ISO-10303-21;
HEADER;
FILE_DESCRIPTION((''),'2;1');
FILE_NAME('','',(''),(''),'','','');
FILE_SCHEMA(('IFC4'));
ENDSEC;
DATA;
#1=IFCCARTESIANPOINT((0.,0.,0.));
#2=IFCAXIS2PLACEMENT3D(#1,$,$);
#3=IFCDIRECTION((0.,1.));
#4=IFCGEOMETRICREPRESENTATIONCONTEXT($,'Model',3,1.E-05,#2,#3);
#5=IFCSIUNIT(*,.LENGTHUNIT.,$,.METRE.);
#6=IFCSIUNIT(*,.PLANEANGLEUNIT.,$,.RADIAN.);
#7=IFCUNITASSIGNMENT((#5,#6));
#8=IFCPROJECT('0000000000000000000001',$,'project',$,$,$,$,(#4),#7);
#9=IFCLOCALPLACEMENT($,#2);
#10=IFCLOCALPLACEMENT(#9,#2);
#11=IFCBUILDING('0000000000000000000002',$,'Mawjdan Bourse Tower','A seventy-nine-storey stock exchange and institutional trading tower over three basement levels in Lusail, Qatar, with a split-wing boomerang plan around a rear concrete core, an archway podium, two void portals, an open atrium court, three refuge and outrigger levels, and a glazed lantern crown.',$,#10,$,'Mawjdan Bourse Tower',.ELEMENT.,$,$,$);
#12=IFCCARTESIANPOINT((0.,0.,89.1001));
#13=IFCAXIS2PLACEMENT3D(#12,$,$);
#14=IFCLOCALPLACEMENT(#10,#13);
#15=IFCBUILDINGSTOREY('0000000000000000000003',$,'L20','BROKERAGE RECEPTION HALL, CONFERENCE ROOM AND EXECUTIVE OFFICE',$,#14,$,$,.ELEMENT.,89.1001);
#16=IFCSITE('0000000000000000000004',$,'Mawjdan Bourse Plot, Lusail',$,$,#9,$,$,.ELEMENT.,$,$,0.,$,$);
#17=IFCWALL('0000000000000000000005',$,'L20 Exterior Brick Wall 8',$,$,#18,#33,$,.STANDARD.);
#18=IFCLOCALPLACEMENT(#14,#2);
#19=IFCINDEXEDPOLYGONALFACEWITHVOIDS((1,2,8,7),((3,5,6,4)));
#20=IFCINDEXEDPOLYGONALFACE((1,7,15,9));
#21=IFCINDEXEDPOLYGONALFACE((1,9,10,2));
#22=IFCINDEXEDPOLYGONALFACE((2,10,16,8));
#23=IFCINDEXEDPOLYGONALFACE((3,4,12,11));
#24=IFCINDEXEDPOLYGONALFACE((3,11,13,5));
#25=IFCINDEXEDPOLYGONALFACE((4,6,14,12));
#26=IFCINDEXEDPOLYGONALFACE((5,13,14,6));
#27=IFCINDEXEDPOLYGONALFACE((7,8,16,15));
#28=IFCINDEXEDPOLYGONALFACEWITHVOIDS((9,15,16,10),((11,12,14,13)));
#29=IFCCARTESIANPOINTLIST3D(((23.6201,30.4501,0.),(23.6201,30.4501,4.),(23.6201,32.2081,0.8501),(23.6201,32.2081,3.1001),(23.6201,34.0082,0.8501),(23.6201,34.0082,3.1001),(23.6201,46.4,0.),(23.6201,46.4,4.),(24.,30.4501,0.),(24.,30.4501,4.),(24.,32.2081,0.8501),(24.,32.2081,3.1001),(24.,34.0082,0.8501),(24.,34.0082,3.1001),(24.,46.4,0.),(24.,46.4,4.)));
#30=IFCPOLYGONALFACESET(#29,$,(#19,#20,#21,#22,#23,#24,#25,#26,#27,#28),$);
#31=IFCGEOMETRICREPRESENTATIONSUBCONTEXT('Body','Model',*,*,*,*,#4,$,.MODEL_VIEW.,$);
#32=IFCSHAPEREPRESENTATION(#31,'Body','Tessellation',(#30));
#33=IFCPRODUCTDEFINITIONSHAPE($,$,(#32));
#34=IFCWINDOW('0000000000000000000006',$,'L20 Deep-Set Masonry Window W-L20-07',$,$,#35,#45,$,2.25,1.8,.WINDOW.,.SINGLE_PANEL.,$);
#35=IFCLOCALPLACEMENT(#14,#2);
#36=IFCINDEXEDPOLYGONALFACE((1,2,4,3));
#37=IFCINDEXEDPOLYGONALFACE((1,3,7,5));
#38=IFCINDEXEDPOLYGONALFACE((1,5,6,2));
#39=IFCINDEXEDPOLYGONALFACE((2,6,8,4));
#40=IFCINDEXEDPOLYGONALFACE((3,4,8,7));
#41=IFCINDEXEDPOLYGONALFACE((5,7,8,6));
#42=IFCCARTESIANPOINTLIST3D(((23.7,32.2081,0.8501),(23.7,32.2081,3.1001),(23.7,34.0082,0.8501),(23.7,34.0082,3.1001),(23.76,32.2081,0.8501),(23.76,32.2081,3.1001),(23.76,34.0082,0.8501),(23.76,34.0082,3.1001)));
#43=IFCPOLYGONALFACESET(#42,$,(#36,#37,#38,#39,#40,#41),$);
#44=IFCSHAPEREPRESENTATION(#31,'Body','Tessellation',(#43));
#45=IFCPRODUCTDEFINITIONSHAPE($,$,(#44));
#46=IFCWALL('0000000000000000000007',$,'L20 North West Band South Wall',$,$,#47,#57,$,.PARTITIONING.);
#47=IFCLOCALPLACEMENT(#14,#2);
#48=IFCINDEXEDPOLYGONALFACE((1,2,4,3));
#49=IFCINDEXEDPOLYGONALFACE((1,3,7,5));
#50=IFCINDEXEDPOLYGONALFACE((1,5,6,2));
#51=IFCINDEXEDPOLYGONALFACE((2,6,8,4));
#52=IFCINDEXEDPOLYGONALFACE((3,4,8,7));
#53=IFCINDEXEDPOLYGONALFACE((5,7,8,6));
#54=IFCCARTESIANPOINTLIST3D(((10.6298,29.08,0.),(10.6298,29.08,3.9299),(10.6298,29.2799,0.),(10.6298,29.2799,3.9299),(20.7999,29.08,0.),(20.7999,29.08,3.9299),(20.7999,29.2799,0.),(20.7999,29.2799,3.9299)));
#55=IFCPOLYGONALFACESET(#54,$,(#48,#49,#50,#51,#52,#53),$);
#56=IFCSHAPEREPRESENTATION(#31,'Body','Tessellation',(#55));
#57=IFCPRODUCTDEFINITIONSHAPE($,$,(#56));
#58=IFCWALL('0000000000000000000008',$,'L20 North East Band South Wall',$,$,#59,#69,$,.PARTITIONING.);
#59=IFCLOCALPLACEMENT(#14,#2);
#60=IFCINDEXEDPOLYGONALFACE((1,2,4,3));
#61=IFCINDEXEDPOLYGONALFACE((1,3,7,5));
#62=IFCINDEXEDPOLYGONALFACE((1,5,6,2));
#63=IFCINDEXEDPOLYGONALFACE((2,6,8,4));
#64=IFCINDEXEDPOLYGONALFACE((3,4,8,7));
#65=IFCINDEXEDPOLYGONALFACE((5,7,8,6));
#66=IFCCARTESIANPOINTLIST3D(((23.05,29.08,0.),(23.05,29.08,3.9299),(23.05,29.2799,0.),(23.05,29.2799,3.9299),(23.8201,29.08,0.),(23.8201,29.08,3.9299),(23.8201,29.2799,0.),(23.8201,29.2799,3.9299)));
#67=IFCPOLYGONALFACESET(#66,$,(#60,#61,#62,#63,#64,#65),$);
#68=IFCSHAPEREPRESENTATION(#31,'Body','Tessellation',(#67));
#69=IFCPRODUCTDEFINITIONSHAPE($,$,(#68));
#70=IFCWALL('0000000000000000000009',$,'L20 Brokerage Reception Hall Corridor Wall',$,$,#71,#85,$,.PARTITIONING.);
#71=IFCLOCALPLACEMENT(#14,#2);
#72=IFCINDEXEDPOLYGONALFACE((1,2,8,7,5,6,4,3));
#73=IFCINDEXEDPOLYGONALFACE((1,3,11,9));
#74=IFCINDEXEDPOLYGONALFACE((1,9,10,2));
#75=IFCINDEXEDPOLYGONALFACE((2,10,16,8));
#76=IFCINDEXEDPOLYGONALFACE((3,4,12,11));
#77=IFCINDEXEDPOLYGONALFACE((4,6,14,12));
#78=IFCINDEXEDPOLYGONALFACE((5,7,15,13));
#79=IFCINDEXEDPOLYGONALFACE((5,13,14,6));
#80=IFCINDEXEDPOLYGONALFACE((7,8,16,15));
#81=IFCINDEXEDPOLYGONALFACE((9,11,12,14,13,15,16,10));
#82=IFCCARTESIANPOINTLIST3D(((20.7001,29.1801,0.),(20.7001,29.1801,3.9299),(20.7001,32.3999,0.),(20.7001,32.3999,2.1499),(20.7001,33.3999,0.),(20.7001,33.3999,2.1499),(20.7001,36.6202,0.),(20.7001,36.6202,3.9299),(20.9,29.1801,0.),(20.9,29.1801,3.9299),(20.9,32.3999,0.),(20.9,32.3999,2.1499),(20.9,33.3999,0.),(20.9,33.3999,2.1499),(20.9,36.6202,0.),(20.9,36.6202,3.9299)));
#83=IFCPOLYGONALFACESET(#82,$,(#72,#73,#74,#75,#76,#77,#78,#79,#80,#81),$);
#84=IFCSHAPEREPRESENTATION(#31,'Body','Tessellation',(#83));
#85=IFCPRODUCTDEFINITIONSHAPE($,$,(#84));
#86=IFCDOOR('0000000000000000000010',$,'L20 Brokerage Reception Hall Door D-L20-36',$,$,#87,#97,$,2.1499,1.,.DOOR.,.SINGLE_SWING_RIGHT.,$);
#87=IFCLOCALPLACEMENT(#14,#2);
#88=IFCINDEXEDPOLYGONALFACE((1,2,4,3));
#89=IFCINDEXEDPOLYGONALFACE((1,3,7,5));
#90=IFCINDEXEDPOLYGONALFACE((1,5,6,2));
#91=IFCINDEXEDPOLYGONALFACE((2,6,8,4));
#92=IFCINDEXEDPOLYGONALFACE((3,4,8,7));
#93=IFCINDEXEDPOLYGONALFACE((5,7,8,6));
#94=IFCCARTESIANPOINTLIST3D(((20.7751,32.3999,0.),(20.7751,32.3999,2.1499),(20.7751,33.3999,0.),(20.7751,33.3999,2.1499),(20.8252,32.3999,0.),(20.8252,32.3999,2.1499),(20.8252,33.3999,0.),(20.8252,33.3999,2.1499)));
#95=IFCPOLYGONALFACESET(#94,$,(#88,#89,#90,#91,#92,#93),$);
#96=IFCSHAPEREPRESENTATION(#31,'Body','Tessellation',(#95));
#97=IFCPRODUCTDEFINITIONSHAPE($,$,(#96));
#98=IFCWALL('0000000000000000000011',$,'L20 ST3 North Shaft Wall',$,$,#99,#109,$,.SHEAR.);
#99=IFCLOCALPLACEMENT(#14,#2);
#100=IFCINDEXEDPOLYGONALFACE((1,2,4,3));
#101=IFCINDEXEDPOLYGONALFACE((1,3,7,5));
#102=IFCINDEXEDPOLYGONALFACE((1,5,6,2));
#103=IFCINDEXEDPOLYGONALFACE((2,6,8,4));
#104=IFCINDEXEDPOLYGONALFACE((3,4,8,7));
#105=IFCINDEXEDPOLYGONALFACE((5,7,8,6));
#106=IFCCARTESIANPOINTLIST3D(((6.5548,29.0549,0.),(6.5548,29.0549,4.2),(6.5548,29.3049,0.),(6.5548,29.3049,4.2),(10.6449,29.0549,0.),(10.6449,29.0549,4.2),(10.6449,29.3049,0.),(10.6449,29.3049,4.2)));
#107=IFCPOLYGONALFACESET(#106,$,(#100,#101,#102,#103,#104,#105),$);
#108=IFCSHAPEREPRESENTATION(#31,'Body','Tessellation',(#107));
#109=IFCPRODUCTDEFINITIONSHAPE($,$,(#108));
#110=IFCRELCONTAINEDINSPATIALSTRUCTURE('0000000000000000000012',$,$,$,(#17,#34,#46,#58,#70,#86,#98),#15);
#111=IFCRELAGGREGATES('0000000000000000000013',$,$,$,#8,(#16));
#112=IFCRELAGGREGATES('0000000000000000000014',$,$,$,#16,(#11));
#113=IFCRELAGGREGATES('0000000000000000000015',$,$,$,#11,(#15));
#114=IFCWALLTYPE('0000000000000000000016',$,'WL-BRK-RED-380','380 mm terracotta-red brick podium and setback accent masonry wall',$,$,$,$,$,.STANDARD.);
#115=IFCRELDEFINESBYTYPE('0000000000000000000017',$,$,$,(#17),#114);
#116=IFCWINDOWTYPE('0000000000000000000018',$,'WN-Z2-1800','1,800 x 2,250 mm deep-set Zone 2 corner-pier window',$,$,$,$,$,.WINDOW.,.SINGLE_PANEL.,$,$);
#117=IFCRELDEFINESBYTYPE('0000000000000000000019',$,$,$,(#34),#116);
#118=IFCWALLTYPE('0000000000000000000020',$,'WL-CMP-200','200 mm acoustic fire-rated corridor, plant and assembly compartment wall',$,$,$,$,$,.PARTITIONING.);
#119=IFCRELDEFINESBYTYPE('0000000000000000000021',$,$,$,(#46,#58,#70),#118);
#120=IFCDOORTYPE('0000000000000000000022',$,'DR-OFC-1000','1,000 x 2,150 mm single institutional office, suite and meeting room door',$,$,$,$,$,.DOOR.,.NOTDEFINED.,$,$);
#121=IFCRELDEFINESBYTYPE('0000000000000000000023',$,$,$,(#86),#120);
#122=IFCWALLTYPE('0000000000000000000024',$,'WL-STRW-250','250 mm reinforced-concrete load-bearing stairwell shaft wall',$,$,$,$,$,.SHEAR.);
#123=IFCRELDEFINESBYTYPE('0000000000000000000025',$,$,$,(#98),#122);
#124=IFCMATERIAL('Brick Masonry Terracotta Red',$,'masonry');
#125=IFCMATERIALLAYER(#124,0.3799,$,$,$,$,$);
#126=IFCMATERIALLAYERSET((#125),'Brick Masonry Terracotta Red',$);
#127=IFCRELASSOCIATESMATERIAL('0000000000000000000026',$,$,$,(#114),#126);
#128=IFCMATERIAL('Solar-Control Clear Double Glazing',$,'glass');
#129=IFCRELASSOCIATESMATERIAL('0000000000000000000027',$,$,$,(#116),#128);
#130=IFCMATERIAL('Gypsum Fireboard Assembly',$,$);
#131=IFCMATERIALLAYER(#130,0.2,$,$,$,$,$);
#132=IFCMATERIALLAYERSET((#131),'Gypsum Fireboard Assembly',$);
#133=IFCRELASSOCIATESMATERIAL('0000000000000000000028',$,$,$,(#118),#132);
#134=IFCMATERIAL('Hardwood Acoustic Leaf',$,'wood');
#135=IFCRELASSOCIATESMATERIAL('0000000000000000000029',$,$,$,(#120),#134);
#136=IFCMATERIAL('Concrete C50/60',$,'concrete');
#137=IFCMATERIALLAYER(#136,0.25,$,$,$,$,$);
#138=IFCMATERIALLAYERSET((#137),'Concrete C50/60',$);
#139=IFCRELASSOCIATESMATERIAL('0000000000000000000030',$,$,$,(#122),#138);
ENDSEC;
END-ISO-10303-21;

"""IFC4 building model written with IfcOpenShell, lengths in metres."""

from ifc_helpers import new_model, si_unit, direction, frame, frame_2d, origin, place, context, subcontext, project, spatial, rectangle, extrude, material, layer, layer_set, type_object, element, fill, save


model = new_model("IFC4")

# Units and contexts
model_context = context("Model", 3, precision=1e-05, world=origin(), true_north=direction((0.0, 1.0)))
body_context = subcontext(model_context, "Body", "Model", "MODEL_VIEW")
ifc_project = project(units=[si_unit("LENGTHUNIT", "METRE"), si_unit("PLANEANGLEUNIT", "RADIAN")], contexts=[model_context])

# Site, building, storey
site_placement = place(None, origin())
site = spatial("IfcSite", under=ifc_project, at=site_placement, Name="Mawjdan Bourse Plot, Lusail", CompositionType="ELEMENT", RefElevation=0.0)
building_placement = place(site_placement, origin())
building = spatial("IfcBuilding", under=site, at=building_placement, Name="Mawjdan Bourse Tower", Description="A seventy-nine-storey stock exchange and institutional trading tower over three basement levels in Lusail, Qatar, with a split-wing boomerang plan around a rear concrete core, an archway podium, two void portals, an open atrium court, three refuge and outrigger levels, and a glazed lantern crown.", LongName="Mawjdan Bourse Tower", CompositionType="ELEMENT")
storey_placement = place(building_placement, frame((0.0, 0.0, 89.1001)))
storey = spatial("IfcBuildingStorey", under=building, at=storey_placement, Name="L20", Description="BROKERAGE RECEPTION HALL, CONFERENCE ROOM AND EXECUTIVE OFFICE", CompositionType="ELEMENT", Elevation=89.1001)

# Wall, opening, window
ifc_material_1 = material(Name="Brick Masonry Terracotta Red", Category="masonry")
ifc_layer_1 = layer(ifc_material_1, 0.3799)
ifc_layer_set_1 = layer_set([ifc_layer_1], Name="Brick Masonry Terracotta Red")
wall_type_1 = type_object("IfcWallType", Name="WL-BRK-RED-380", Description="380 mm terracotta-red brick podium and setback accent masonry wall", PredefinedType="STANDARD", material=ifc_layer_set_1)
wall_1_placement = place(storey_placement, frame((23.8101, 30.45, 0.0), z_axis=(0.0, 0.0, 1.0), x_axis=(0.0, 1.0, 0.0)))
wall_1 = element("IfcWall", 1, at=wall_1_placement, inside=storey, type_object=wall_type_1, Name="L20 Exterior Brick Wall 8", PredefinedType="STANDARD", context=body_context, shape_type="SweptSolid", body=[
    extrude(rectangle(XDim=15.95, YDim=0.3799, at=frame_2d((7.9751, 0.0))), origin(), (0.0, 0.0, 1.0), 4.0),
])
opening_1_placement = place(wall_1_placement, frame((1.7583, 0.0, 0.8501)))
opening_1 = element("IfcOpeningElement", 2, at=opening_1_placement, cuts=wall_1, PredefinedType="OPENING", context=body_context, shape_type="SweptSolid", body=[
    extrude(rectangle(XDim=1.8, YDim=2.25, at=frame_2d((0.8999, 1.125))), frame((0.0, 0.2, 0.0), z_axis=(0.0, -1.0, 0.0), x_axis=(1.0, 0.0, 0.0)), (0.0, 0.0, 1.0), 0.3999),
])
ifc_material_2 = material(Name="Solar-Control Clear Double Glazing", Category="glass")
window_type = type_object("IfcWindowType", Name="WN-Z2-1800", Description="1,800 x 2,250 mm deep-set Zone 2 corner-pier window", PartitioningType="SINGLE_PANEL", PredefinedType="WINDOW", material=ifc_material_2)
window_placement = place(opening_1_placement, origin())
window = element("IfcWindow", 3, at=window_placement, inside=storey, type_object=window_type, Name="L20 Deep-Set Masonry Window W-L20-07", OverallHeight=2.25, OverallWidth=1.8, PartitioningType="SINGLE_PANEL", PredefinedType="WINDOW", context=body_context, shape_type="SweptSolid", body=[
    extrude(rectangle(XDim=1.8, YDim=2.25, at=frame_2d((0.8999, 1.125))), frame((0.0, 0.1101, 0.0), z_axis=(0.0, -1.0, 0.0), x_axis=(1.0, 0.0, 0.0)), (0.0, 0.0, 1.0), 0.0601),
])
fill(opening_1, window)

# Walls
ifc_material_3 = material(Name="Gypsum Fireboard Assembly")
ifc_layer_2 = layer(ifc_material_3, 0.2)
ifc_layer_set_2 = layer_set([ifc_layer_2], Name="Gypsum Fireboard Assembly")
wall_type_2 = type_object("IfcWallType", Name="WL-CMP-200", Description="200 mm acoustic fire-rated corridor, plant and assembly compartment wall", PredefinedType="PARTITIONING", material=ifc_layer_set_2)
wall_2_placement = place(storey_placement, frame((10.6299, 29.1799, 0.0), z_axis=(0.0, 0.0, 1.0), x_axis=(1.0, 0.0, 0.0)))
element("IfcWall", 4, at=wall_2_placement, inside=storey, type_object=wall_type_2, Name="L20 North West Band South Wall", PredefinedType="PARTITIONING", context=body_context, shape_type="SweptSolid", body=[
    extrude(rectangle(XDim=10.1702, YDim=0.2, at=frame_2d((5.085, 0.0))), origin(), (0.0, 0.0, 1.0), 3.9299),
])
wall_3_placement = place(storey_placement, frame((23.05, 29.1799, 0.0), z_axis=(0.0, 0.0, 1.0), x_axis=(1.0, 0.0, 0.0)))
element("IfcWall", 5, at=wall_3_placement, inside=storey, type_object=wall_type_2, Name="L20 North East Band South Wall", PredefinedType="PARTITIONING", context=body_context, shape_type="SweptSolid", body=[
    extrude(rectangle(XDim=0.77, YDim=0.2, at=frame_2d((0.385, 0.0))), origin(), (0.0, 0.0, 1.0), 3.9299),
])

# Wall, opening, door
wall_4_placement = place(storey_placement, frame((20.8, 29.1799, 0.0), z_axis=(0.0, 0.0, 1.0), x_axis=(0.0, 1.0, 0.0)))
wall_4 = element("IfcWall", 6, at=wall_4_placement, inside=storey, type_object=wall_type_2, Name="L20 Brokerage Reception Hall Corridor Wall", PredefinedType="PARTITIONING", context=body_context, shape_type="SweptSolid", body=[
    extrude(rectangle(XDim=7.4402, YDim=0.2, at=frame_2d((3.7202, 0.0))), origin(), (0.0, 0.0, 1.0), 3.9299),
])
opening_2_placement = place(wall_4_placement, frame((3.22, 0.0, 0.0)))
opening_2 = element("IfcOpeningElement", 7, at=opening_2_placement, cuts=wall_4, PredefinedType="OPENING", context=body_context, shape_type="SweptSolid", body=[
    extrude(rectangle(XDim=1.0, YDim=2.1499, at=frame_2d((0.5, 1.075))), frame((0.0, 0.1099, 0.0), z_axis=(0.0, -1.0, 0.0), x_axis=(1.0, 0.0, 0.0)), (0.0, 0.0, 1.0), 0.22),
])
ifc_material_4 = material(Name="Hardwood Acoustic Leaf", Category="wood")
door_type = type_object("IfcDoorType", Name="DR-OFC-1000", Description="1,000 x 2,150 mm single institutional office, suite and meeting room door", OperationType="NOTDEFINED", PredefinedType="DOOR", material=ifc_material_4)
door_placement = place(opening_2_placement, origin())
door = element("IfcDoor", 8, at=door_placement, inside=storey, type_object=door_type, Name="L20 Brokerage Reception Hall Door D-L20-36", OperationType="SINGLE_SWING_RIGHT", OverallHeight=2.1499, OverallWidth=1.0, PredefinedType="DOOR", context=body_context, shape_type="SweptSolid", body=[
    extrude(rectangle(XDim=1.0, YDim=2.1499, at=frame_2d((0.5, 1.075))), frame((0.0, 0.0249, 0.0), z_axis=(0.0, -1.0, 0.0), x_axis=(1.0, 0.0, 0.0)), (0.0, 0.0, 1.0), 0.05),
])
fill(opening_2, door)

# Wall
ifc_material_5 = material(Name="Concrete C50/60", Category="concrete")
ifc_layer_3 = layer(ifc_material_5, 0.25)
ifc_layer_set_3 = layer_set([ifc_layer_3], Name="Concrete C50/60")
wall_type_3 = type_object("IfcWallType", Name="WL-STRW-250", Description="250 mm reinforced-concrete load-bearing stairwell shaft wall", PredefinedType="SHEAR", material=ifc_layer_set_3)
wall_5_placement = place(storey_placement, frame((6.5549, 29.1799, 0.0), z_axis=(0.0, 0.0, 1.0), x_axis=(1.0, 0.0, 0.0)))
element("IfcWall", 9, at=wall_5_placement, inside=storey, type_object=wall_type_3, Name="L20 ST3 North Shaft Wall", PredefinedType="SHEAR", context=body_context, shape_type="SweptSolid", body=[
    extrude(rectangle(XDim=4.0901, YDim=0.25, at=frame_2d((2.0449, 0.0))), origin(), (0.0, 0.0, 1.0), 4.2),
])

save(model, "model.ifc")
